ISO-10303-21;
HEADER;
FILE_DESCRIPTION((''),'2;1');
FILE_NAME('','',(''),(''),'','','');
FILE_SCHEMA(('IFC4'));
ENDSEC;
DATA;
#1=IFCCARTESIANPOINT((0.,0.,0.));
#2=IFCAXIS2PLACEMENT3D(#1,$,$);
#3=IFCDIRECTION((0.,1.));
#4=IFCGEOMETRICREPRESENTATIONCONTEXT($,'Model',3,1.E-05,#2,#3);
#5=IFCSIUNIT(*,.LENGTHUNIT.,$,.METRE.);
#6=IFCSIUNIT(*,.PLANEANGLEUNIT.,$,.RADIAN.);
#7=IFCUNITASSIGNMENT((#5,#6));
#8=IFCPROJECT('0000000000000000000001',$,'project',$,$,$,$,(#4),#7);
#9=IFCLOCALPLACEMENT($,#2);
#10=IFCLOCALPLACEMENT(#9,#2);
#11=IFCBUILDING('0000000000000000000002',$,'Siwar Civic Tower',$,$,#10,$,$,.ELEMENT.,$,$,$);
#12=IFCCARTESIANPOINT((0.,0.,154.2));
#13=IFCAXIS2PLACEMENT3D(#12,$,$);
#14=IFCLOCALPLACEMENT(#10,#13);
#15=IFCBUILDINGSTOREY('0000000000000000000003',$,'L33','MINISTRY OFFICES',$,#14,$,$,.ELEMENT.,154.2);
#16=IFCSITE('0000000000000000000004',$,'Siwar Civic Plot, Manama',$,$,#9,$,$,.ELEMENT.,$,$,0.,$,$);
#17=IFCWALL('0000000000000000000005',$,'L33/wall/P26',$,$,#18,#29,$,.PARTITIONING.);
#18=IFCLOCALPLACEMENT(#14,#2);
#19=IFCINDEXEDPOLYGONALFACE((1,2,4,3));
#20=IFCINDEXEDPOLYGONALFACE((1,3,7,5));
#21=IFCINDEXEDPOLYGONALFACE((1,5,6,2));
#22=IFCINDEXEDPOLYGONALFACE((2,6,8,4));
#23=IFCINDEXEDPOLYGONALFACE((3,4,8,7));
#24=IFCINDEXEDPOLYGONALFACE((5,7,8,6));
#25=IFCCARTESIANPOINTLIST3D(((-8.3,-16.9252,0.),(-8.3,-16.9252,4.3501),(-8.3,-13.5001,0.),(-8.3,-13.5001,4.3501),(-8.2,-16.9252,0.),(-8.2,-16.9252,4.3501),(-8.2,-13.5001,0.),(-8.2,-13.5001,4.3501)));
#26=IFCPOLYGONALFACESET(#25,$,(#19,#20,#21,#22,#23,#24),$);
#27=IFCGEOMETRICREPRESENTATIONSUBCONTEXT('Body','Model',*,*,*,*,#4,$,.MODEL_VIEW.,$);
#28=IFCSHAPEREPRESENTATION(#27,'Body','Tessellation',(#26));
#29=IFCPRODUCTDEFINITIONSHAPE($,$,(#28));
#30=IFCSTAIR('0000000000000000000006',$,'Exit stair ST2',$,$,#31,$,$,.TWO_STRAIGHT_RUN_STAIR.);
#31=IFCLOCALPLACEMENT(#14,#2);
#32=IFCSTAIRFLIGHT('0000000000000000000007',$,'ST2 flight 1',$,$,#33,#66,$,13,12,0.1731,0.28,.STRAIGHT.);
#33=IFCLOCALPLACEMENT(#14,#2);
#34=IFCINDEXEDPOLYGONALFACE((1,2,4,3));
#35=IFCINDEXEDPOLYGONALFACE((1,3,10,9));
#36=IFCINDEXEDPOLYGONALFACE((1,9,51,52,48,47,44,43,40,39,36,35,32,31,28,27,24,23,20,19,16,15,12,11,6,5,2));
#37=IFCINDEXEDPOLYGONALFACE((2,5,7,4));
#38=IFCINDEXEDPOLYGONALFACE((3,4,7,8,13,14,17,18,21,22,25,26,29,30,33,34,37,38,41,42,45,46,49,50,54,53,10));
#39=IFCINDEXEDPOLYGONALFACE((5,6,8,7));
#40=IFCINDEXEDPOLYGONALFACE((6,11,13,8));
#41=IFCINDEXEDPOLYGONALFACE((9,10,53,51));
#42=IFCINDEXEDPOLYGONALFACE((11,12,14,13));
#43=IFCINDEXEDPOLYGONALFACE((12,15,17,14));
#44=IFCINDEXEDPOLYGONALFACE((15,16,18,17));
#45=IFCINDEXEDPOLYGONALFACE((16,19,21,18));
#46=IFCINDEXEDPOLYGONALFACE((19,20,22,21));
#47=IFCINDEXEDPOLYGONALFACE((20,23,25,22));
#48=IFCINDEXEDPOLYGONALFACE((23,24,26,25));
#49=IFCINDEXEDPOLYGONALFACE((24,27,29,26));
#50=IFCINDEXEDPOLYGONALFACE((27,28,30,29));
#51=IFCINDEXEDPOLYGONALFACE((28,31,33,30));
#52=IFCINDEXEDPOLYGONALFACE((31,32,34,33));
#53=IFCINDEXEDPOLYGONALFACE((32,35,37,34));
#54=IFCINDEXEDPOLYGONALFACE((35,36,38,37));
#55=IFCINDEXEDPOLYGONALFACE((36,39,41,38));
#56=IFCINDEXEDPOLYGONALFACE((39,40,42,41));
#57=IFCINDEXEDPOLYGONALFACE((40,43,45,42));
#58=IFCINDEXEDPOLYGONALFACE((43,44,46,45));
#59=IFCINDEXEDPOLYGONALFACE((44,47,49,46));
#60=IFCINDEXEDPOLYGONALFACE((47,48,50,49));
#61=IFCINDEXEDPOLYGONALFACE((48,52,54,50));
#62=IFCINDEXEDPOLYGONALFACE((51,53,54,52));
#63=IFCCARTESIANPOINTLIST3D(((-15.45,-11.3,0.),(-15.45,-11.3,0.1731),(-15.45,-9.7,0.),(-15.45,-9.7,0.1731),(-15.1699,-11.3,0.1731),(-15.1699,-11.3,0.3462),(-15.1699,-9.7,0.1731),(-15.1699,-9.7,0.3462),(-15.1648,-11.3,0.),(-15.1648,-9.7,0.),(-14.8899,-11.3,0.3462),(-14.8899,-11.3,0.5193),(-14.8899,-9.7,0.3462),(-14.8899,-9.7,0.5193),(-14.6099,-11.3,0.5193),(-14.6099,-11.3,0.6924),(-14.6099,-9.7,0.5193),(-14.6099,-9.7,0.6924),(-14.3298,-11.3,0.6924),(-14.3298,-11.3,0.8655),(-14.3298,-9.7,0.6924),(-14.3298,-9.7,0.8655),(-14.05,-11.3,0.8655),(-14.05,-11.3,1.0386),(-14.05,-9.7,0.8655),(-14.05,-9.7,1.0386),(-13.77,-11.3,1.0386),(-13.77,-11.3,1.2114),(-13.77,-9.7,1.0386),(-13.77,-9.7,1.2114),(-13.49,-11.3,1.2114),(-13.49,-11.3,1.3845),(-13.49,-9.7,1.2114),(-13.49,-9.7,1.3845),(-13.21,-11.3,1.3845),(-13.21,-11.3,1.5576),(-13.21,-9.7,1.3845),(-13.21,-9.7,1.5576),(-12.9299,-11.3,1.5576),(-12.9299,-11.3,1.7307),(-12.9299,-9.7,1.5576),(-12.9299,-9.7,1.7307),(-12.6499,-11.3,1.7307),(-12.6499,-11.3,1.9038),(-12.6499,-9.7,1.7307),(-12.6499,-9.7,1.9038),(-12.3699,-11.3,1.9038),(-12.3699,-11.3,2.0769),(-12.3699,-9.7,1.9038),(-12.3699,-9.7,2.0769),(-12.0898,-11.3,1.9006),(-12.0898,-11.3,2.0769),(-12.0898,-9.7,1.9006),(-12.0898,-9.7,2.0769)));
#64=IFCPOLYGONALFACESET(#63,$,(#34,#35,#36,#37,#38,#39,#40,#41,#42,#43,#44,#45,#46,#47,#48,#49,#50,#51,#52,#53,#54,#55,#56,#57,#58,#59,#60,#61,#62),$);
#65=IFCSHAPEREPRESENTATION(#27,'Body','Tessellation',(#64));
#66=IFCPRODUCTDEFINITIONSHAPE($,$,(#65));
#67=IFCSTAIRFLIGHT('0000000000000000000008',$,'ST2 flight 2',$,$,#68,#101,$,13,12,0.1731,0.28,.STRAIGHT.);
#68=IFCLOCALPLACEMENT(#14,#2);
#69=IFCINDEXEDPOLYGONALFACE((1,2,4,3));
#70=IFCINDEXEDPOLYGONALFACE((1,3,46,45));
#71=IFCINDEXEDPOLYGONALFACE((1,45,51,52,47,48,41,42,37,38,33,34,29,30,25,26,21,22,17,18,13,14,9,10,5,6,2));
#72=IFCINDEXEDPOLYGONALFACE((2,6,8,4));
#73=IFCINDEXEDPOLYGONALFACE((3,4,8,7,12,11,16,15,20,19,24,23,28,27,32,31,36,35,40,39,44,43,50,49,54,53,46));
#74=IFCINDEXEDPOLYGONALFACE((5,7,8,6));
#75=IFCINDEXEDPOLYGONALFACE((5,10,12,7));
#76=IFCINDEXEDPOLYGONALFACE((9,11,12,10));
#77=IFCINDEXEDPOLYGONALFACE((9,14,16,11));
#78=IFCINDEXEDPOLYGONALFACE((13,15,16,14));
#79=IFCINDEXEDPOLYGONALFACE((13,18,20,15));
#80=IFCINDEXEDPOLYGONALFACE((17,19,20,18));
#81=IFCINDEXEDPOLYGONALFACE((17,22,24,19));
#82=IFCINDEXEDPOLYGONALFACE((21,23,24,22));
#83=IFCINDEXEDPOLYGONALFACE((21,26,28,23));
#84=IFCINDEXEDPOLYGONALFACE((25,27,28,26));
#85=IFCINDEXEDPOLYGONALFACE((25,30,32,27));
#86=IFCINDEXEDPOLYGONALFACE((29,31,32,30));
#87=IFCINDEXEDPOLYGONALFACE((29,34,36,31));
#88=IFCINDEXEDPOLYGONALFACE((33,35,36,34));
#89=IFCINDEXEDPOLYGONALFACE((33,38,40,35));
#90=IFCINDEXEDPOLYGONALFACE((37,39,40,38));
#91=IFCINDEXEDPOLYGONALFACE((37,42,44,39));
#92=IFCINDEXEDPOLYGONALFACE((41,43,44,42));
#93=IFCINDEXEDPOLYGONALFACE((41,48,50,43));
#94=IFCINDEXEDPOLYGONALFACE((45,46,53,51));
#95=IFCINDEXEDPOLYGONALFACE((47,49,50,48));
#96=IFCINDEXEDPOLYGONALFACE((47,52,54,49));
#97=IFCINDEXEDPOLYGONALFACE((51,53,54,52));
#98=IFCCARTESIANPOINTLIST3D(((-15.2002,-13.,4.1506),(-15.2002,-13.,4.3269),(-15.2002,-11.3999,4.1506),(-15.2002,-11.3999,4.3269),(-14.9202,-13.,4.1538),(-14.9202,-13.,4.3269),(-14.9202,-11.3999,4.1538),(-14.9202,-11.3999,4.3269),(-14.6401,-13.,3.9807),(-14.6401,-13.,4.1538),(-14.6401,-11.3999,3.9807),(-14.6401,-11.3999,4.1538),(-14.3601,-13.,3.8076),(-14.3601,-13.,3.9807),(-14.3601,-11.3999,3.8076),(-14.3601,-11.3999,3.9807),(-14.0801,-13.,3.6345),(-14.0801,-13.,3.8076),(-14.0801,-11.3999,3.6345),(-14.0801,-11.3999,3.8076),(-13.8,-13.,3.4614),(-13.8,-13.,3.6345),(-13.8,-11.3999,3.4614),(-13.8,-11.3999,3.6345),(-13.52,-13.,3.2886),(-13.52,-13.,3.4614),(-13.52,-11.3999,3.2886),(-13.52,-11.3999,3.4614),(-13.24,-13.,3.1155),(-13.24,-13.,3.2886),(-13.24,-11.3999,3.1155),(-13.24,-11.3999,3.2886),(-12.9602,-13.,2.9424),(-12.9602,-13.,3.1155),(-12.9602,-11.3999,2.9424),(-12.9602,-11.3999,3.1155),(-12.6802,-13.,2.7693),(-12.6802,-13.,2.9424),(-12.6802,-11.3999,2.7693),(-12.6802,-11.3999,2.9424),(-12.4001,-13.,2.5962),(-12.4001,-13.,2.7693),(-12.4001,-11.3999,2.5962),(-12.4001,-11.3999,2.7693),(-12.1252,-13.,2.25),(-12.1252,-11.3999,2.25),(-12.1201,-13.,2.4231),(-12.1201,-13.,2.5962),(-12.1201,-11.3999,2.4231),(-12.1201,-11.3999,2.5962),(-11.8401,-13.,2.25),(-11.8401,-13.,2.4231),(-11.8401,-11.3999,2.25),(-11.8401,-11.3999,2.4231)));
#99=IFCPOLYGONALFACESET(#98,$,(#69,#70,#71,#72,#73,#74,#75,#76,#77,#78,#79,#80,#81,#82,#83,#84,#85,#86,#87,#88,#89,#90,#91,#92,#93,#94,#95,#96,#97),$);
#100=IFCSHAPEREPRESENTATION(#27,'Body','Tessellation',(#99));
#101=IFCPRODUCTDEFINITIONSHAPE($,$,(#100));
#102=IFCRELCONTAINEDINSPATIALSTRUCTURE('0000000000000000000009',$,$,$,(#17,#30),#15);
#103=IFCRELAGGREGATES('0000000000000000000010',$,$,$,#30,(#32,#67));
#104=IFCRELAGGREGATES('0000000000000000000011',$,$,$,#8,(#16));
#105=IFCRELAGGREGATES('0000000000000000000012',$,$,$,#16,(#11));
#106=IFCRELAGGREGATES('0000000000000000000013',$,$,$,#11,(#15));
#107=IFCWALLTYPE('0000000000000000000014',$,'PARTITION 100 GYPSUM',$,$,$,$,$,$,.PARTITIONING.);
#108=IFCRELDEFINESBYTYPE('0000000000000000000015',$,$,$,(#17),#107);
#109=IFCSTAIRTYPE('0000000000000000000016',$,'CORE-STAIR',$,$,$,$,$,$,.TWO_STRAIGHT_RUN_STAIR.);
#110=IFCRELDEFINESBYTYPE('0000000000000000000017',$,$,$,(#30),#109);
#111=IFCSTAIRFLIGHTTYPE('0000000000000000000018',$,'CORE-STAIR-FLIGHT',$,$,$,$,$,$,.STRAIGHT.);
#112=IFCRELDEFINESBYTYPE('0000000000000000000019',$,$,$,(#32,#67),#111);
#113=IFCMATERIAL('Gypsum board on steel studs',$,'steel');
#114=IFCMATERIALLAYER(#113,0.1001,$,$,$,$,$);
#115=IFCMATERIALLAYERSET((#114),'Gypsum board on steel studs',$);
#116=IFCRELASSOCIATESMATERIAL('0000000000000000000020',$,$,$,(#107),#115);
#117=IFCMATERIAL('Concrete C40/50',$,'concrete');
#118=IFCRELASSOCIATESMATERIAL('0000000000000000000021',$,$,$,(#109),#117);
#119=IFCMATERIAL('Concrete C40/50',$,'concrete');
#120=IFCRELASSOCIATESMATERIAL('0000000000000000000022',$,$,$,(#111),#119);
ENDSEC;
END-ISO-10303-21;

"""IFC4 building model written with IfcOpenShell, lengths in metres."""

from ifc_helpers import new_model, si_unit, direction, frame, frame_2d, origin, place, context, subcontext, project, spatial, polyline, rectangle, outline, extrude, material, layer, layer_set, type_object, element, aggregate, save


model = new_model("IFC4")

# Units and contexts
model_context = context("Model", 3, precision=1e-05, world=origin(), true_north=direction((0.0, 1.0)))
body_context = subcontext(model_context, "Body", "Model", "MODEL_VIEW")
ifc_project = project(units=[si_unit("LENGTHUNIT", "METRE"), si_unit("PLANEANGLEUNIT", "RADIAN")], contexts=[model_context])

# Site, building, storey
site_placement = place(None, origin())
site = spatial("IfcSite", under=ifc_project, at=site_placement, Name="Siwar Civic Plot, Manama", CompositionType="ELEMENT", RefElevation=0.0)
building_placement = place(site_placement, origin())
building = spatial("IfcBuilding", under=site, at=building_placement, Name="Siwar Civic Tower", CompositionType="ELEMENT")
storey_placement = place(building_placement, frame((0.0, 0.0, 154.2)))
storey = spatial("IfcBuildingStorey", under=building, at=storey_placement, Name="L33", Description="MINISTRY OFFICES", CompositionType="ELEMENT", Elevation=154.2)

# Wall
ifc_material_1 = material(Name="Gypsum board on steel studs", Category="steel")
ifc_layer_1 = layer(ifc_material_1, 0.1001)
ifc_layer_set_1 = layer_set([ifc_layer_1], Name="Gypsum board on steel studs")
wall_type_1 = type_object("IfcWallType", Name="PARTITION 100 GYPSUM", PredefinedType="PARTITIONING", material=ifc_layer_set_1)
wall_1_placement = place(storey_placement, frame((-8.25, -16.925, 0.0), z_axis=(0.0, 0.0, 1.0), x_axis=(0.0, 1.0, 0.0)))
element("IfcWall", 1, at=wall_1_placement, inside=storey, type_object=wall_type_1, Name="L33/wall/P26", PredefinedType="PARTITIONING", context=body_context, shape_type="SweptSolid", body=[
    extrude(rectangle(XDim=3.425, YDim=0.1001, at=frame_2d((1.7124, 0.0))), origin(), (0.0, 0.0, 1.0), 4.3501),
])

# Stair, stair flights
ifc_material_2 = material(Name="Concrete C40/50", Category="concrete")
stair_type = type_object("IfcStairType", Name="CORE-STAIR", PredefinedType="TWO_STRAIGHT_RUN_STAIR", material=ifc_material_2)
stair_placement = place(storey_placement, origin())
stair = element("IfcStair", 2, at=stair_placement, inside=storey, type_object=stair_type, Name="Exit stair ST2", PredefinedType="TWO_STRAIGHT_RUN_STAIR")
ifc_material_3 = material(Name="Concrete C40/50", Category="concrete")
stair_flight_type = type_object("IfcStairFlightType", Name="CORE-STAIR-FLIGHT", PredefinedType="STRAIGHT", material=ifc_material_3)
stair_flight_1_placement = place(storey_placement, frame((-15.45, -10.5, 0.0), z_axis=(0.0, 0.0, 1.0), x_axis=(1.0, 0.0, 0.0)))
stair_flight_1 = element("IfcStairFlight", 3, at=stair_flight_1_placement, type_object=stair_flight_type, Name="ST2 flight 1", NumberOfRisers=13, NumberOfTreads=12, PredefinedType="STRAIGHT", RiserHeight=0.1731, TreadLength=0.28, context=body_context, shape_type="SweptSolid", body=[
    extrude(outline(polyline([(0.0, 0.0), (0.0, 0.1731), (0.28, 0.1731), (0.28, 0.3462), (0.5601, 0.3462), (0.5601, 0.5193), (0.8401, 0.5193), (0.8401, 0.6924), (1.1201, 0.6924), (1.1201, 0.8655), (1.3999, 0.8655), (1.3999, 1.0386), (1.6799, 1.0386), (1.6799, 1.2114), (1.96, 1.2114), (1.96, 1.3845), (2.24, 1.3845), (2.24, 1.5576), (2.52, 1.5576), (2.52, 1.7307), (2.8, 1.7307), (2.8, 1.9038), (3.0801, 1.9038), (3.0801, 2.0769), (3.3601, 2.0769), (3.3601, 2.25), (3.3601, 1.9006), (0.2852, 0.0), (0.0, 0.0)])), frame((0.0, 0.8, 0.0), z_axis=(0.0, -1.0, 0.0), x_axis=(1.0, 0.0, 0.0)), (0.0, 0.0, 1.0), 1.6001),
])
stair_flight_2_placement = place(storey_placement, frame((-11.8401, -12.2, 2.25), z_axis=(0.0, 0.0, 1.0), x_axis=(-1.0, 0.0, 0.0)))
stair_flight_2 = element("IfcStairFlight", 4, at=stair_flight_2_placement, type_object=stair_flight_type, Name="ST2 flight 2", NumberOfRisers=13, NumberOfTreads=12, PredefinedType="STRAIGHT", RiserHeight=0.1731, TreadLength=0.28, context=body_context, shape_type="SweptSolid", body=[
    extrude(outline(polyline([(0.0, 0.0), (0.0, 0.1731), (0.28, 0.1731), (0.28, 0.3462), (0.5601, 0.3462), (0.5601, 0.5193), (0.8401, 0.5193), (0.8401, 0.6924), (1.1201, 0.6924), (1.1201, 0.8655), (1.3999, 0.8655), (1.3999, 1.0386), (1.6799, 1.0386), (1.6799, 1.2114), (1.96, 1.2114), (1.96, 1.3845), (2.24, 1.3845), (2.24, 1.5576), (2.52, 1.5576), (2.52, 1.7307), (2.8, 1.7307), (2.8, 1.9038), (3.0801, 1.9038), (3.0801, 2.0769), (3.3601, 2.0769), (3.3601, 2.25), (3.3601, 1.9006), (0.2852, 0.0), (0.0, 0.0)])), frame((0.0, 0.8, 0.0), z_axis=(0.0, -1.0, 0.0), x_axis=(1.0, 0.0, 0.0)), (0.0, 0.0, 1.0), 1.6001),
])
aggregate(stair, [stair_flight_1, stair_flight_2])

save(model, "model.ifc")
